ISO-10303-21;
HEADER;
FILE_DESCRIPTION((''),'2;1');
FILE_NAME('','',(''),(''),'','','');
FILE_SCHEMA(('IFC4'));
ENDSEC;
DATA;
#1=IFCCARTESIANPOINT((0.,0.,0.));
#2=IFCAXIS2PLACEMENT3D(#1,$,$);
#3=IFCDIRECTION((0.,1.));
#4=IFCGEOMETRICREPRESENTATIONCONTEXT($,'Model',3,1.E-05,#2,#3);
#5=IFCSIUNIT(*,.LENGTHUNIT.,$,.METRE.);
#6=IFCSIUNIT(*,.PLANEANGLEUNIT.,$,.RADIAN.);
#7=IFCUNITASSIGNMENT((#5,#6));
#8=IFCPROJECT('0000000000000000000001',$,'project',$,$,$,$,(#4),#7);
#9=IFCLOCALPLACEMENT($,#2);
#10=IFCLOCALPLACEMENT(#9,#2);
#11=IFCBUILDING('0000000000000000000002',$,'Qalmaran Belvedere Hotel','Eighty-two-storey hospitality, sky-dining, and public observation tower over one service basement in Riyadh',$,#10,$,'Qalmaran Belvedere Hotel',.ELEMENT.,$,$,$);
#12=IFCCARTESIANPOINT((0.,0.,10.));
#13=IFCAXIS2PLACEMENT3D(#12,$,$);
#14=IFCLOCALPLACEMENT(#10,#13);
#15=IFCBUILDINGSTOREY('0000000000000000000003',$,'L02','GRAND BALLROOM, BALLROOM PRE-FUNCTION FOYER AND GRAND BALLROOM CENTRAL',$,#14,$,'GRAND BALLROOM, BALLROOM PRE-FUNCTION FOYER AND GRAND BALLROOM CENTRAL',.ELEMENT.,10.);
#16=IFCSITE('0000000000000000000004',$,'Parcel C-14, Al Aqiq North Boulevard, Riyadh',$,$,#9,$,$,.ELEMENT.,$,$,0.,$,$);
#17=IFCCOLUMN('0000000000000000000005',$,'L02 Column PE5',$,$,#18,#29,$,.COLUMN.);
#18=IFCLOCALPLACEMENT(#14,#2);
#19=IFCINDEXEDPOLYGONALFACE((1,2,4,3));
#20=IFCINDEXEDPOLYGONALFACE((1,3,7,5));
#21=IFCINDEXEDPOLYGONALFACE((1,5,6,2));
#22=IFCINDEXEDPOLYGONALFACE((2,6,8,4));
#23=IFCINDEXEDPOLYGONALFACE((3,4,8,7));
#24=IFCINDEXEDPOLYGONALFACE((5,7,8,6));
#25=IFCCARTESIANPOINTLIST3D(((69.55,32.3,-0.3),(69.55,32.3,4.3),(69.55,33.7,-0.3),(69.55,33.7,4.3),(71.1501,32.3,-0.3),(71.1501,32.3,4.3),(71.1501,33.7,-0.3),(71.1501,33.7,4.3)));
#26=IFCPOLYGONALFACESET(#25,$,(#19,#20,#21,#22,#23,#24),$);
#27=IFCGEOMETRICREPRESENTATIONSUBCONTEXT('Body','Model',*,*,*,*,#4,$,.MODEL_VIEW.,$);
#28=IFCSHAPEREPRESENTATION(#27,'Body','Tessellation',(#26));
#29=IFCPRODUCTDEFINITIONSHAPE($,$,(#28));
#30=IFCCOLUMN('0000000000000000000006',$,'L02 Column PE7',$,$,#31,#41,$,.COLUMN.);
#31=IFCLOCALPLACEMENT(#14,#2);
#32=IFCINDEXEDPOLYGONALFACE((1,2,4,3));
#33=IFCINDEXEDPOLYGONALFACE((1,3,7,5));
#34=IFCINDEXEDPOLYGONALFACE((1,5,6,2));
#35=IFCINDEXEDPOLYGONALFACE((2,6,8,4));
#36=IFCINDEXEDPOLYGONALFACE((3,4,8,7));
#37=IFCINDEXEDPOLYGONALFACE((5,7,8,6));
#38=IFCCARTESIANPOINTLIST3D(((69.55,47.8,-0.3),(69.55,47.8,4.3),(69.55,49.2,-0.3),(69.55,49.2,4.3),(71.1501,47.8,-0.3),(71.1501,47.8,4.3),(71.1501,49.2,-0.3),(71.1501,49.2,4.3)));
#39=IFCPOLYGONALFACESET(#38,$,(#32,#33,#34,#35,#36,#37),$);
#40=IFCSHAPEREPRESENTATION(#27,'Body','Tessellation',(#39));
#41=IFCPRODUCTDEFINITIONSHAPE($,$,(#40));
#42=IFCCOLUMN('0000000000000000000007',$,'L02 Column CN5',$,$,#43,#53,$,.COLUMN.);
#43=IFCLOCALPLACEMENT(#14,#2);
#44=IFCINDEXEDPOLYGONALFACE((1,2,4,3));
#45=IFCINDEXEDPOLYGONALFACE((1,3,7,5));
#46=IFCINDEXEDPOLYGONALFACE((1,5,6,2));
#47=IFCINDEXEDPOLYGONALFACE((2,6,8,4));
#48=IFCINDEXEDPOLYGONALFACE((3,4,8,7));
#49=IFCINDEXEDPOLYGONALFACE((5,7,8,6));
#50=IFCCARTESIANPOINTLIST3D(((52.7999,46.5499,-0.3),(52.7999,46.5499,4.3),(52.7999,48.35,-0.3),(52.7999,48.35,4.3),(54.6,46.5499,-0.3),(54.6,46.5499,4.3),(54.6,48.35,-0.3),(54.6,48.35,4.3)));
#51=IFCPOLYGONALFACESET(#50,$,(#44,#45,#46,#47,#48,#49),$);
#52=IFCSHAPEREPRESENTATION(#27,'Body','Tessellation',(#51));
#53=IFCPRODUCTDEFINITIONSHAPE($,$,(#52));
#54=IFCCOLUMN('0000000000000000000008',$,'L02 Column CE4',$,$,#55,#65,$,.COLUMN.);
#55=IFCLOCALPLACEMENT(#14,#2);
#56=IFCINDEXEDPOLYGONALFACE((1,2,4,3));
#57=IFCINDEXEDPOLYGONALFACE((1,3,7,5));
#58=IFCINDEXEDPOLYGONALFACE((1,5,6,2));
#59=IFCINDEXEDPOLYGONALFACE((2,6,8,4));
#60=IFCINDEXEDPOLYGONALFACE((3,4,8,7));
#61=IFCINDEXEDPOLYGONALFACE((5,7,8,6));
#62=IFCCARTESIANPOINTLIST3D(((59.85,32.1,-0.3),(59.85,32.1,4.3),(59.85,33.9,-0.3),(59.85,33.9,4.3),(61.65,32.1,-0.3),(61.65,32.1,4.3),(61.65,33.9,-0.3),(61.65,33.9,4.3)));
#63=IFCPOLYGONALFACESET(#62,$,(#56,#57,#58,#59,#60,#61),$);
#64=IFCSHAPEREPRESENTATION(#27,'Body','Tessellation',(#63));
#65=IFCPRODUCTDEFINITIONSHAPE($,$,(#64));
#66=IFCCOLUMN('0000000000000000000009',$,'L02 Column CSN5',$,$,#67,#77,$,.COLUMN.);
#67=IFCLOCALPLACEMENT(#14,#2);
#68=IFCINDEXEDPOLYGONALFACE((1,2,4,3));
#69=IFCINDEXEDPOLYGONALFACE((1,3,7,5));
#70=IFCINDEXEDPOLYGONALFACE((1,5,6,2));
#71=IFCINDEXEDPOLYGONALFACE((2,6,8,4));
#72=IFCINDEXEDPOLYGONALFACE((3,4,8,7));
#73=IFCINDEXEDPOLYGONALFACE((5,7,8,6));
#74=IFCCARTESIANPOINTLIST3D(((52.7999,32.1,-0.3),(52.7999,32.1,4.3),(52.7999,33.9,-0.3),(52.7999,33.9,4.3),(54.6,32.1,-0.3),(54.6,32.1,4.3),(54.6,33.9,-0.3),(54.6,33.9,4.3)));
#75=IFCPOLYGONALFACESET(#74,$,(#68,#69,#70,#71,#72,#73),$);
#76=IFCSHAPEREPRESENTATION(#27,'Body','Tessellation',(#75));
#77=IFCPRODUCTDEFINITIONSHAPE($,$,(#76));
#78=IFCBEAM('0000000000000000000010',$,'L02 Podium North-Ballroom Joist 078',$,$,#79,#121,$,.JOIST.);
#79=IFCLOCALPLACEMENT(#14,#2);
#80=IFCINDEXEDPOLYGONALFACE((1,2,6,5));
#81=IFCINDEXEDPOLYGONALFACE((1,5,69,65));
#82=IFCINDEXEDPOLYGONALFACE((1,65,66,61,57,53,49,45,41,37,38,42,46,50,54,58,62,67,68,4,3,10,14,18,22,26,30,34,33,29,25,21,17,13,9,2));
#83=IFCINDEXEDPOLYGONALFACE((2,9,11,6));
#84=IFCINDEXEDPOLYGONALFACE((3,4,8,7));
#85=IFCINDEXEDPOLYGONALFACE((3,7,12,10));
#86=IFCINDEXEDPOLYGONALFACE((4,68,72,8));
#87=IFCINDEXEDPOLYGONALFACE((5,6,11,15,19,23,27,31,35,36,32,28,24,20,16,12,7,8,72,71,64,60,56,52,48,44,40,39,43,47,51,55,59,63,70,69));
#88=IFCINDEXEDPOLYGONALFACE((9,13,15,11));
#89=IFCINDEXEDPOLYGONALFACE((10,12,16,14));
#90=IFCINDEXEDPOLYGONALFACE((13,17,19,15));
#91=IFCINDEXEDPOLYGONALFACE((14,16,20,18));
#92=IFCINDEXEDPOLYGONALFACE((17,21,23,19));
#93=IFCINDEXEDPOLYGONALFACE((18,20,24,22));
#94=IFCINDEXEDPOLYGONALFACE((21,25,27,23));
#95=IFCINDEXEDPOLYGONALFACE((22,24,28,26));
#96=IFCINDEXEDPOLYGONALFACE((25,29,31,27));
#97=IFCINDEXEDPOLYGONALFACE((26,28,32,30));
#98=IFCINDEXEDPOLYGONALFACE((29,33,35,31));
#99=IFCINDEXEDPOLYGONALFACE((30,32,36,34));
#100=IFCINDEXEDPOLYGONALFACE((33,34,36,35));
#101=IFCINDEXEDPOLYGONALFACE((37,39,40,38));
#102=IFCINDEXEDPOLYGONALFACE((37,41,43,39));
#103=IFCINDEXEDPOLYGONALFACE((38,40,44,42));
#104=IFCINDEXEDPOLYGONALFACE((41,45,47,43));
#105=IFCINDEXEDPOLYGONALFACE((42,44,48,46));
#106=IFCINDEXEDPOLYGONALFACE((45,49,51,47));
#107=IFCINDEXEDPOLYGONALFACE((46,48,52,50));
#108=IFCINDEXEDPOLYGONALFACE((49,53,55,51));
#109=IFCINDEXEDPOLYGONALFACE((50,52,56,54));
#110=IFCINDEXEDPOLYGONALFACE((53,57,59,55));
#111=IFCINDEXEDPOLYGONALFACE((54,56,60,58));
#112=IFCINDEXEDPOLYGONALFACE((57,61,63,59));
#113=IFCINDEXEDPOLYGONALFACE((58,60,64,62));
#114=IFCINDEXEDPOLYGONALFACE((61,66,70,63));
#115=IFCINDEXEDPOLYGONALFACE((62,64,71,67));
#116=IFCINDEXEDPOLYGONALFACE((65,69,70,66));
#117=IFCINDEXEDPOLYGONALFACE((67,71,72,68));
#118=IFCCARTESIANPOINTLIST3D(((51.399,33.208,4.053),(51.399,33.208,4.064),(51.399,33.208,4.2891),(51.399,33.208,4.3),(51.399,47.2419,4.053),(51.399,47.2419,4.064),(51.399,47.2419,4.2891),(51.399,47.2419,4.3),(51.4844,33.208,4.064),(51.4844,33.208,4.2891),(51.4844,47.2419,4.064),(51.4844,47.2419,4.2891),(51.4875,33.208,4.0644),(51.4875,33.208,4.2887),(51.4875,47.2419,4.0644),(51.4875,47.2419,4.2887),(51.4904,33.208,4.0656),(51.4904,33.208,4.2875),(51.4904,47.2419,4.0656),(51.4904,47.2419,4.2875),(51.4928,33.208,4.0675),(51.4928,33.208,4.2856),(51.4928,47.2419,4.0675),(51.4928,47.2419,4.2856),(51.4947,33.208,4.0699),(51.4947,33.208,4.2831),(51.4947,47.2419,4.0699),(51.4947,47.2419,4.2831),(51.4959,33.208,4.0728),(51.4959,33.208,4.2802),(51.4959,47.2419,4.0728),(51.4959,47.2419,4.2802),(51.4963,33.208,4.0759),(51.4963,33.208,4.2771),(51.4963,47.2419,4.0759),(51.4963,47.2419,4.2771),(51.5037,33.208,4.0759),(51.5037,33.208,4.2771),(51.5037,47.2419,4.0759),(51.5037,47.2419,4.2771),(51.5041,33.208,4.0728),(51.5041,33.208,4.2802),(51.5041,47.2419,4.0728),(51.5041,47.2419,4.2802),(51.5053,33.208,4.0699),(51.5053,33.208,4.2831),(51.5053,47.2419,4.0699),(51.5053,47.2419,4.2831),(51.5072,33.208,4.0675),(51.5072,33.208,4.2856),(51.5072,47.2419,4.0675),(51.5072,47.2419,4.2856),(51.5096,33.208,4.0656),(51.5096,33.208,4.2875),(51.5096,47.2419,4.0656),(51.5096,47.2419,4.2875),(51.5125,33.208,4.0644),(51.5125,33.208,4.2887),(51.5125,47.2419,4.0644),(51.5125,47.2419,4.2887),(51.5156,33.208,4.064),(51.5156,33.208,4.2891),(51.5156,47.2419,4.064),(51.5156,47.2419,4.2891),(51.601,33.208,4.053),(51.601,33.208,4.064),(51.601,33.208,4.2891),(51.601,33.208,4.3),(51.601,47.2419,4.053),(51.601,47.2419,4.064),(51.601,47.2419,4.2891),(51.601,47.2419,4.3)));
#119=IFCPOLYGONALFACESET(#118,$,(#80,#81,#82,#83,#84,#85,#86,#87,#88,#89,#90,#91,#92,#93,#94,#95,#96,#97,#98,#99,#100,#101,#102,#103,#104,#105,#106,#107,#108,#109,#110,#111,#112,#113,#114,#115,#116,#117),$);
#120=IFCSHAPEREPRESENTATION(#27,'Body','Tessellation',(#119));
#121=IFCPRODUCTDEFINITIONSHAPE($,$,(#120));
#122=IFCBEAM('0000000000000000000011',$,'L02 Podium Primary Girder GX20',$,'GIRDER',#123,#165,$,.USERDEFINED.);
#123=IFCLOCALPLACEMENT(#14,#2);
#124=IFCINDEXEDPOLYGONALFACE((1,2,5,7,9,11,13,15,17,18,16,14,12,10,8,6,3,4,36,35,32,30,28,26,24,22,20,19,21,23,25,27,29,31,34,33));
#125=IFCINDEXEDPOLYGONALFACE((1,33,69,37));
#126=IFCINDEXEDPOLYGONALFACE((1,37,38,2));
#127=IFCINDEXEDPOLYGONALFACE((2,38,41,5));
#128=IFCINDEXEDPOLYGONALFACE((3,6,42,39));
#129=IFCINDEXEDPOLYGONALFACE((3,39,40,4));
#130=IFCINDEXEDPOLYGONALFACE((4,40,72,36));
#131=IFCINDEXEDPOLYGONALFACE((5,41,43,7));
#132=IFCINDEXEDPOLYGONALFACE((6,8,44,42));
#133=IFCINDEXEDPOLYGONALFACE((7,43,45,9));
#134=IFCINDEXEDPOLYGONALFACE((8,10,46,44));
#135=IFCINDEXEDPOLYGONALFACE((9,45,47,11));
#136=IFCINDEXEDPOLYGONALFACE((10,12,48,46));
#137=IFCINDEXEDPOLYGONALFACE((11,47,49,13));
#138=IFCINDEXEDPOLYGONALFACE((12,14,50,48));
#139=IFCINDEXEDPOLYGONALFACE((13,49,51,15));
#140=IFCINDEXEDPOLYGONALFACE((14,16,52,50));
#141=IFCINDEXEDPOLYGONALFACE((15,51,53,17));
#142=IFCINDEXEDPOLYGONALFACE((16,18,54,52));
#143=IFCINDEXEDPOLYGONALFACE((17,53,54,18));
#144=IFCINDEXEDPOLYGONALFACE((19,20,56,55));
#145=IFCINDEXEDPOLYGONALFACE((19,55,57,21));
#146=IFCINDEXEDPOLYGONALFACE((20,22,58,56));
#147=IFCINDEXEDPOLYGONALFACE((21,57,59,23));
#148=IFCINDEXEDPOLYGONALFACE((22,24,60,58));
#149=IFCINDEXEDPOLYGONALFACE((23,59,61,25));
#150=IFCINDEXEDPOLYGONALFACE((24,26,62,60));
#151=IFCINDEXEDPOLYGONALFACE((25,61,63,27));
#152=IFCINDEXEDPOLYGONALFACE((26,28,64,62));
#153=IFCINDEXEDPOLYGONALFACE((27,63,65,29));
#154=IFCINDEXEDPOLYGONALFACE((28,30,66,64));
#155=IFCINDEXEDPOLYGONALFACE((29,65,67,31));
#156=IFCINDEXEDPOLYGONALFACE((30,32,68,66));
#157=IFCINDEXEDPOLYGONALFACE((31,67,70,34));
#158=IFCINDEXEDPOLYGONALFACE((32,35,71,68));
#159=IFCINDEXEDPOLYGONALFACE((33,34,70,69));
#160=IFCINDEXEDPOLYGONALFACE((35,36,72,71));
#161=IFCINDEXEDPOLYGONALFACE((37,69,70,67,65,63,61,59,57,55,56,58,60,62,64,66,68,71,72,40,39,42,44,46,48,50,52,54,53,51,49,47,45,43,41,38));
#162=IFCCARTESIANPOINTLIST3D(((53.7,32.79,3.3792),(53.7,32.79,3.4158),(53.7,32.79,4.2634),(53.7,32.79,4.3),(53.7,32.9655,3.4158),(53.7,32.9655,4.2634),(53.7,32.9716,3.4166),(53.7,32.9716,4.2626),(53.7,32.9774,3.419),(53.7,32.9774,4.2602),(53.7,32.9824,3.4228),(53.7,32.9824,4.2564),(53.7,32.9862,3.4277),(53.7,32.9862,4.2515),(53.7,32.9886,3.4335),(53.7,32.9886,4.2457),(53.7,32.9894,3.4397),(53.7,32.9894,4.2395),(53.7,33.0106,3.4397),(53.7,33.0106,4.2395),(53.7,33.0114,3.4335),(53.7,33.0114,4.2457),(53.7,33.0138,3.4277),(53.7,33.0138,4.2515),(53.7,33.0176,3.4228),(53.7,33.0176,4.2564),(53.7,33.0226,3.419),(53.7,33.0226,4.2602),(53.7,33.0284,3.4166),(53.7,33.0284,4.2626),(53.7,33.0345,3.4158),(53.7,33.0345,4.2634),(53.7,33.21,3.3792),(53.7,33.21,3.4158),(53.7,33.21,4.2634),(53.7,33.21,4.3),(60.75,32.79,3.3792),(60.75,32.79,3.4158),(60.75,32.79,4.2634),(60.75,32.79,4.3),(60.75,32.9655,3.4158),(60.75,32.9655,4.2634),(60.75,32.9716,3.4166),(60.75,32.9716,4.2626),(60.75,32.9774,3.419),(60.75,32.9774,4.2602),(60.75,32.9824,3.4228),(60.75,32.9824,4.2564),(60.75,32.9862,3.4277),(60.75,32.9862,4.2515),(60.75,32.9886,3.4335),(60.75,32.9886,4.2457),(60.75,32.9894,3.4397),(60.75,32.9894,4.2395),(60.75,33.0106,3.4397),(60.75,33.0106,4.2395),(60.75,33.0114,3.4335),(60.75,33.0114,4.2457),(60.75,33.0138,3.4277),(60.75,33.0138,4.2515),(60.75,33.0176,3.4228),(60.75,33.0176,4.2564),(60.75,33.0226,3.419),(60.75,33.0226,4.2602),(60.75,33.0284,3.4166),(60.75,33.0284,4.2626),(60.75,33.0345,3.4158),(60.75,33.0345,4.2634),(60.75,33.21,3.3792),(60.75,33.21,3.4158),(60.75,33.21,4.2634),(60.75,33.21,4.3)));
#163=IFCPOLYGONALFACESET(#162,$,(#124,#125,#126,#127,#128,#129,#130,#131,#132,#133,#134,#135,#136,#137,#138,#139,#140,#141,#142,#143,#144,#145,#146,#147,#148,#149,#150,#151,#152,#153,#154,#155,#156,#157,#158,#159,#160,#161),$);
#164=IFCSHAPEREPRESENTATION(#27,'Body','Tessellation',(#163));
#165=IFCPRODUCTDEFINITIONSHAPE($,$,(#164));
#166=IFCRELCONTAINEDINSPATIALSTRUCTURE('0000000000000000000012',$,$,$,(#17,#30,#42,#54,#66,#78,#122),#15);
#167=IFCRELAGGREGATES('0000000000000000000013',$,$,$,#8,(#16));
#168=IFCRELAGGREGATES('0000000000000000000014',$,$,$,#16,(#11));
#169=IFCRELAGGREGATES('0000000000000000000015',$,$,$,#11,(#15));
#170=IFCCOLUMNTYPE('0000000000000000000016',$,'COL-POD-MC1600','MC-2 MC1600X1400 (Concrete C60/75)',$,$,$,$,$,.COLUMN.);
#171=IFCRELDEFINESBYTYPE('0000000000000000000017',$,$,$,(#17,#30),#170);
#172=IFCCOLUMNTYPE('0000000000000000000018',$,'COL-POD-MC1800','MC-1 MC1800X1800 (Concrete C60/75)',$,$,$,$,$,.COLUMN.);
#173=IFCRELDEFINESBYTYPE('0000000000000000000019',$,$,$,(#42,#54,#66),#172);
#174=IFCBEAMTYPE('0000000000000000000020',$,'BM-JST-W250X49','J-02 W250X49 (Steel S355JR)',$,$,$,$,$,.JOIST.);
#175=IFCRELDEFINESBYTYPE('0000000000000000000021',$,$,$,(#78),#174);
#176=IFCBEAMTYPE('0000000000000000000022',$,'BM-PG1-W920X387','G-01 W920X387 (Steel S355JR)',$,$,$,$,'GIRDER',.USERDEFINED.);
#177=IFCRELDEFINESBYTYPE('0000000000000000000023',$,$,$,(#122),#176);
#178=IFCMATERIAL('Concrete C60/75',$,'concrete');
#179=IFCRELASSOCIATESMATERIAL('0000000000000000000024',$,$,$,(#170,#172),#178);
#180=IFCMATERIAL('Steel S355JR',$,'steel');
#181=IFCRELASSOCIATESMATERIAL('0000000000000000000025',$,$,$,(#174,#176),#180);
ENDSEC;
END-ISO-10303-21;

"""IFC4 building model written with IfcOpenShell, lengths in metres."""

from ifc_helpers import new_model, si_unit, direction, frame, origin, origin_2d, place, context, subcontext, project, spatial, rectangle, i_section, extrude, material, material_profile, profile_set, type_object, element, save


model = new_model("IFC4")

# Units and contexts
model_context = context("Model", 3, precision=1e-05, world=origin(), true_north=direction((0.0, 1.0)))
body_context = subcontext(model_context, "Body", "Model", "MODEL_VIEW")
ifc_project = project(units=[si_unit("LENGTHUNIT", "METRE"), si_unit("PLANEANGLEUNIT", "RADIAN")], contexts=[model_context])

# Site, building, storey
site_placement = place(None, origin())
site = spatial("IfcSite", under=ifc_project, at=site_placement, Name="Parcel C-14, Al Aqiq North Boulevard, Riyadh", CompositionType="ELEMENT", RefElevation=0.0)
building_placement = place(site_placement, origin())
building = spatial("IfcBuilding", under=site, at=building_placement, Name="Qalmaran Belvedere Hotel", Description="Eighty-two-storey hospitality, sky-dining, and public observation tower over one service basement in Riyadh", LongName="Qalmaran Belvedere Hotel", CompositionType="ELEMENT")
storey_placement = place(building_placement, frame((0.0, 0.0, 10.0)))
storey = spatial("IfcBuildingStorey", under=building, at=storey_placement, Name="L02", Description="GRAND BALLROOM, BALLROOM PRE-FUNCTION FOYER AND GRAND BALLROOM CENTRAL", LongName="GRAND BALLROOM, BALLROOM PRE-FUNCTION FOYER AND GRAND BALLROOM CENTRAL", CompositionType="ELEMENT", Elevation=10.0)

# Columns
ifc_material_1 = material(Name="Concrete C60/75", Category="concrete")
ifc_material_profile_1 = material_profile(ifc_material_1, rectangle(XDim=1.6001, YDim=1.3999, at=origin_2d()), Name="MC1600X1400")
ifc_profile_set_1 = profile_set([ifc_material_profile_1], Name="Concrete C60/75")
column_type_1 = type_object("IfcColumnType", Name="COL-POD-MC1600", Description="MC-2 MC1600X1400 (Concrete C60/75)", PredefinedType="COLUMN", material=ifc_profile_set_1)
for number, where, z_axis, x_axis, name in (
    (1, (70.3501, 33.0, -0.3), (0.0, 0.0, 1.0), (1.0, 0.0, 0.0), "L02 Column PE5"),
    (2, (70.3501, 48.5, -0.3), (0.0, 0.0, 1.0), (1.0, 0.0, 0.0), "L02 Column PE7"),
):
    element("IfcColumn", number, at=place(storey_placement, frame(where, z_axis=z_axis, x_axis=x_axis)), inside=storey, type_object=column_type_1, Name=name, PredefinedType="COLUMN", context=body_context, shape_type="SweptSolid", body=[
        extrude(rectangle(XDim=1.6001, YDim=1.3999, at=origin_2d()), origin(), (0.0, 0.0, 1.0), 4.6001),
    ])
ifc_material_profile_2 = material_profile(ifc_material_1, rectangle(XDim=1.8, YDim=1.8, at=origin_2d()), Name="MC1800X1800")
ifc_profile_set_2 = profile_set([ifc_material_profile_2], Name="Concrete C60/75")
column_type_2 = type_object("IfcColumnType", Name="COL-POD-MC1800", Description="MC-1 MC1800X1800 (Concrete C60/75)", PredefinedType="COLUMN", material=ifc_profile_set_2)
for number, where, z_axis, x_axis, name in (
    (3, (53.7, 47.45, -0.3), (0.0, 0.0, 1.0), (1.0, 0.0, 0.0), "L02 Column CN5"),
    (4, (60.75, 33.0, -0.3), (0.0, 0.0, 1.0), (1.0, 0.0, 0.0), "L02 Column CE4"),
    (5, (53.7, 33.0, -0.3), (0.0, 0.0, 1.0), (1.0, 0.0, 0.0), "L02 Column CSN5"),
):
    element("IfcColumn", number, at=place(storey_placement, frame(where, z_axis=z_axis, x_axis=x_axis)), inside=storey, type_object=column_type_2, Name=name, PredefinedType="COLUMN", context=body_context, shape_type="SweptSolid", body=[
        extrude(rectangle(XDim=1.8, YDim=1.8, at=origin_2d()), origin(), (0.0, 0.0, 1.0), 4.6001),
    ])

# Beams
ifc_material_2 = material(Name="Steel S355JR", Category="steel")
ifc_material_profile_3 = material_profile(ifc_material_2, i_section(OverallWidth=0.2019, OverallDepth=0.2471, WebThickness=0.0073, FlangeThickness=0.011, FilletRadius=0.012, at=origin_2d()), Name="W250X49")
ifc_profile_set_3 = profile_set([ifc_material_profile_3], Name="Steel S355JR")
beam_type_1 = type_object("IfcBeamType", Name="BM-JST-W250X49", Description="J-02 W250X49 (Steel S355JR)", PredefinedType="JOIST", material=ifc_profile_set_3)
beam_1_placement = place(storey_placement, frame((51.5, 33.208, 4.1765), z_axis=(0.0, 1.0, 0.0), x_axis=(-1.0, 0.0, 0.0)))
element("IfcBeam", 6, at=beam_1_placement, inside=storey, type_object=beam_type_1, Name="L02 Podium North-Ballroom Joist 078", PredefinedType="JOIST", context=body_context, shape_type="SweptSolid", body=[
    extrude(i_section(OverallWidth=0.2019, OverallDepth=0.2471, WebThickness=0.0073, FlangeThickness=0.011, FilletRadius=0.012, at=origin_2d()), origin(), (0.0, 0.0, 1.0), 14.0339),
])
ifc_material_profile_4 = material_profile(ifc_material_2, i_section(OverallWidth=0.4199, OverallDepth=0.9209, WebThickness=0.0212, FlangeThickness=0.0366, FilletRadius=0.0239, at=origin_2d()), Name="W920X387")
ifc_profile_set_4 = profile_set([ifc_material_profile_4], Name="Steel S355JR")
beam_type_2 = type_object("IfcBeamType", Name="BM-PG1-W920X387", Description="G-01 W920X387 (Steel S355JR)", ElementType="GIRDER", PredefinedType="USERDEFINED", material=ifc_profile_set_4)
beam_2_placement = place(storey_placement, frame((53.7, 33.0, 3.8396), z_axis=(1.0, 0.0, 0.0), x_axis=(0.0, 1.0, 0.0)))
element("IfcBeam", 7, at=beam_2_placement, inside=storey, type_object=beam_type_2, Name="L02 Podium Primary Girder GX20", ObjectType="GIRDER", PredefinedType="USERDEFINED", context=body_context, shape_type="SweptSolid", body=[
    extrude(i_section(OverallWidth=0.4199, OverallDepth=0.9209, WebThickness=0.0212, FlangeThickness=0.0366, FilletRadius=0.0239, at=origin_2d()), origin(), (0.0, 0.0, 1.0), 7.05),
])

save(model, "model.ifc")
